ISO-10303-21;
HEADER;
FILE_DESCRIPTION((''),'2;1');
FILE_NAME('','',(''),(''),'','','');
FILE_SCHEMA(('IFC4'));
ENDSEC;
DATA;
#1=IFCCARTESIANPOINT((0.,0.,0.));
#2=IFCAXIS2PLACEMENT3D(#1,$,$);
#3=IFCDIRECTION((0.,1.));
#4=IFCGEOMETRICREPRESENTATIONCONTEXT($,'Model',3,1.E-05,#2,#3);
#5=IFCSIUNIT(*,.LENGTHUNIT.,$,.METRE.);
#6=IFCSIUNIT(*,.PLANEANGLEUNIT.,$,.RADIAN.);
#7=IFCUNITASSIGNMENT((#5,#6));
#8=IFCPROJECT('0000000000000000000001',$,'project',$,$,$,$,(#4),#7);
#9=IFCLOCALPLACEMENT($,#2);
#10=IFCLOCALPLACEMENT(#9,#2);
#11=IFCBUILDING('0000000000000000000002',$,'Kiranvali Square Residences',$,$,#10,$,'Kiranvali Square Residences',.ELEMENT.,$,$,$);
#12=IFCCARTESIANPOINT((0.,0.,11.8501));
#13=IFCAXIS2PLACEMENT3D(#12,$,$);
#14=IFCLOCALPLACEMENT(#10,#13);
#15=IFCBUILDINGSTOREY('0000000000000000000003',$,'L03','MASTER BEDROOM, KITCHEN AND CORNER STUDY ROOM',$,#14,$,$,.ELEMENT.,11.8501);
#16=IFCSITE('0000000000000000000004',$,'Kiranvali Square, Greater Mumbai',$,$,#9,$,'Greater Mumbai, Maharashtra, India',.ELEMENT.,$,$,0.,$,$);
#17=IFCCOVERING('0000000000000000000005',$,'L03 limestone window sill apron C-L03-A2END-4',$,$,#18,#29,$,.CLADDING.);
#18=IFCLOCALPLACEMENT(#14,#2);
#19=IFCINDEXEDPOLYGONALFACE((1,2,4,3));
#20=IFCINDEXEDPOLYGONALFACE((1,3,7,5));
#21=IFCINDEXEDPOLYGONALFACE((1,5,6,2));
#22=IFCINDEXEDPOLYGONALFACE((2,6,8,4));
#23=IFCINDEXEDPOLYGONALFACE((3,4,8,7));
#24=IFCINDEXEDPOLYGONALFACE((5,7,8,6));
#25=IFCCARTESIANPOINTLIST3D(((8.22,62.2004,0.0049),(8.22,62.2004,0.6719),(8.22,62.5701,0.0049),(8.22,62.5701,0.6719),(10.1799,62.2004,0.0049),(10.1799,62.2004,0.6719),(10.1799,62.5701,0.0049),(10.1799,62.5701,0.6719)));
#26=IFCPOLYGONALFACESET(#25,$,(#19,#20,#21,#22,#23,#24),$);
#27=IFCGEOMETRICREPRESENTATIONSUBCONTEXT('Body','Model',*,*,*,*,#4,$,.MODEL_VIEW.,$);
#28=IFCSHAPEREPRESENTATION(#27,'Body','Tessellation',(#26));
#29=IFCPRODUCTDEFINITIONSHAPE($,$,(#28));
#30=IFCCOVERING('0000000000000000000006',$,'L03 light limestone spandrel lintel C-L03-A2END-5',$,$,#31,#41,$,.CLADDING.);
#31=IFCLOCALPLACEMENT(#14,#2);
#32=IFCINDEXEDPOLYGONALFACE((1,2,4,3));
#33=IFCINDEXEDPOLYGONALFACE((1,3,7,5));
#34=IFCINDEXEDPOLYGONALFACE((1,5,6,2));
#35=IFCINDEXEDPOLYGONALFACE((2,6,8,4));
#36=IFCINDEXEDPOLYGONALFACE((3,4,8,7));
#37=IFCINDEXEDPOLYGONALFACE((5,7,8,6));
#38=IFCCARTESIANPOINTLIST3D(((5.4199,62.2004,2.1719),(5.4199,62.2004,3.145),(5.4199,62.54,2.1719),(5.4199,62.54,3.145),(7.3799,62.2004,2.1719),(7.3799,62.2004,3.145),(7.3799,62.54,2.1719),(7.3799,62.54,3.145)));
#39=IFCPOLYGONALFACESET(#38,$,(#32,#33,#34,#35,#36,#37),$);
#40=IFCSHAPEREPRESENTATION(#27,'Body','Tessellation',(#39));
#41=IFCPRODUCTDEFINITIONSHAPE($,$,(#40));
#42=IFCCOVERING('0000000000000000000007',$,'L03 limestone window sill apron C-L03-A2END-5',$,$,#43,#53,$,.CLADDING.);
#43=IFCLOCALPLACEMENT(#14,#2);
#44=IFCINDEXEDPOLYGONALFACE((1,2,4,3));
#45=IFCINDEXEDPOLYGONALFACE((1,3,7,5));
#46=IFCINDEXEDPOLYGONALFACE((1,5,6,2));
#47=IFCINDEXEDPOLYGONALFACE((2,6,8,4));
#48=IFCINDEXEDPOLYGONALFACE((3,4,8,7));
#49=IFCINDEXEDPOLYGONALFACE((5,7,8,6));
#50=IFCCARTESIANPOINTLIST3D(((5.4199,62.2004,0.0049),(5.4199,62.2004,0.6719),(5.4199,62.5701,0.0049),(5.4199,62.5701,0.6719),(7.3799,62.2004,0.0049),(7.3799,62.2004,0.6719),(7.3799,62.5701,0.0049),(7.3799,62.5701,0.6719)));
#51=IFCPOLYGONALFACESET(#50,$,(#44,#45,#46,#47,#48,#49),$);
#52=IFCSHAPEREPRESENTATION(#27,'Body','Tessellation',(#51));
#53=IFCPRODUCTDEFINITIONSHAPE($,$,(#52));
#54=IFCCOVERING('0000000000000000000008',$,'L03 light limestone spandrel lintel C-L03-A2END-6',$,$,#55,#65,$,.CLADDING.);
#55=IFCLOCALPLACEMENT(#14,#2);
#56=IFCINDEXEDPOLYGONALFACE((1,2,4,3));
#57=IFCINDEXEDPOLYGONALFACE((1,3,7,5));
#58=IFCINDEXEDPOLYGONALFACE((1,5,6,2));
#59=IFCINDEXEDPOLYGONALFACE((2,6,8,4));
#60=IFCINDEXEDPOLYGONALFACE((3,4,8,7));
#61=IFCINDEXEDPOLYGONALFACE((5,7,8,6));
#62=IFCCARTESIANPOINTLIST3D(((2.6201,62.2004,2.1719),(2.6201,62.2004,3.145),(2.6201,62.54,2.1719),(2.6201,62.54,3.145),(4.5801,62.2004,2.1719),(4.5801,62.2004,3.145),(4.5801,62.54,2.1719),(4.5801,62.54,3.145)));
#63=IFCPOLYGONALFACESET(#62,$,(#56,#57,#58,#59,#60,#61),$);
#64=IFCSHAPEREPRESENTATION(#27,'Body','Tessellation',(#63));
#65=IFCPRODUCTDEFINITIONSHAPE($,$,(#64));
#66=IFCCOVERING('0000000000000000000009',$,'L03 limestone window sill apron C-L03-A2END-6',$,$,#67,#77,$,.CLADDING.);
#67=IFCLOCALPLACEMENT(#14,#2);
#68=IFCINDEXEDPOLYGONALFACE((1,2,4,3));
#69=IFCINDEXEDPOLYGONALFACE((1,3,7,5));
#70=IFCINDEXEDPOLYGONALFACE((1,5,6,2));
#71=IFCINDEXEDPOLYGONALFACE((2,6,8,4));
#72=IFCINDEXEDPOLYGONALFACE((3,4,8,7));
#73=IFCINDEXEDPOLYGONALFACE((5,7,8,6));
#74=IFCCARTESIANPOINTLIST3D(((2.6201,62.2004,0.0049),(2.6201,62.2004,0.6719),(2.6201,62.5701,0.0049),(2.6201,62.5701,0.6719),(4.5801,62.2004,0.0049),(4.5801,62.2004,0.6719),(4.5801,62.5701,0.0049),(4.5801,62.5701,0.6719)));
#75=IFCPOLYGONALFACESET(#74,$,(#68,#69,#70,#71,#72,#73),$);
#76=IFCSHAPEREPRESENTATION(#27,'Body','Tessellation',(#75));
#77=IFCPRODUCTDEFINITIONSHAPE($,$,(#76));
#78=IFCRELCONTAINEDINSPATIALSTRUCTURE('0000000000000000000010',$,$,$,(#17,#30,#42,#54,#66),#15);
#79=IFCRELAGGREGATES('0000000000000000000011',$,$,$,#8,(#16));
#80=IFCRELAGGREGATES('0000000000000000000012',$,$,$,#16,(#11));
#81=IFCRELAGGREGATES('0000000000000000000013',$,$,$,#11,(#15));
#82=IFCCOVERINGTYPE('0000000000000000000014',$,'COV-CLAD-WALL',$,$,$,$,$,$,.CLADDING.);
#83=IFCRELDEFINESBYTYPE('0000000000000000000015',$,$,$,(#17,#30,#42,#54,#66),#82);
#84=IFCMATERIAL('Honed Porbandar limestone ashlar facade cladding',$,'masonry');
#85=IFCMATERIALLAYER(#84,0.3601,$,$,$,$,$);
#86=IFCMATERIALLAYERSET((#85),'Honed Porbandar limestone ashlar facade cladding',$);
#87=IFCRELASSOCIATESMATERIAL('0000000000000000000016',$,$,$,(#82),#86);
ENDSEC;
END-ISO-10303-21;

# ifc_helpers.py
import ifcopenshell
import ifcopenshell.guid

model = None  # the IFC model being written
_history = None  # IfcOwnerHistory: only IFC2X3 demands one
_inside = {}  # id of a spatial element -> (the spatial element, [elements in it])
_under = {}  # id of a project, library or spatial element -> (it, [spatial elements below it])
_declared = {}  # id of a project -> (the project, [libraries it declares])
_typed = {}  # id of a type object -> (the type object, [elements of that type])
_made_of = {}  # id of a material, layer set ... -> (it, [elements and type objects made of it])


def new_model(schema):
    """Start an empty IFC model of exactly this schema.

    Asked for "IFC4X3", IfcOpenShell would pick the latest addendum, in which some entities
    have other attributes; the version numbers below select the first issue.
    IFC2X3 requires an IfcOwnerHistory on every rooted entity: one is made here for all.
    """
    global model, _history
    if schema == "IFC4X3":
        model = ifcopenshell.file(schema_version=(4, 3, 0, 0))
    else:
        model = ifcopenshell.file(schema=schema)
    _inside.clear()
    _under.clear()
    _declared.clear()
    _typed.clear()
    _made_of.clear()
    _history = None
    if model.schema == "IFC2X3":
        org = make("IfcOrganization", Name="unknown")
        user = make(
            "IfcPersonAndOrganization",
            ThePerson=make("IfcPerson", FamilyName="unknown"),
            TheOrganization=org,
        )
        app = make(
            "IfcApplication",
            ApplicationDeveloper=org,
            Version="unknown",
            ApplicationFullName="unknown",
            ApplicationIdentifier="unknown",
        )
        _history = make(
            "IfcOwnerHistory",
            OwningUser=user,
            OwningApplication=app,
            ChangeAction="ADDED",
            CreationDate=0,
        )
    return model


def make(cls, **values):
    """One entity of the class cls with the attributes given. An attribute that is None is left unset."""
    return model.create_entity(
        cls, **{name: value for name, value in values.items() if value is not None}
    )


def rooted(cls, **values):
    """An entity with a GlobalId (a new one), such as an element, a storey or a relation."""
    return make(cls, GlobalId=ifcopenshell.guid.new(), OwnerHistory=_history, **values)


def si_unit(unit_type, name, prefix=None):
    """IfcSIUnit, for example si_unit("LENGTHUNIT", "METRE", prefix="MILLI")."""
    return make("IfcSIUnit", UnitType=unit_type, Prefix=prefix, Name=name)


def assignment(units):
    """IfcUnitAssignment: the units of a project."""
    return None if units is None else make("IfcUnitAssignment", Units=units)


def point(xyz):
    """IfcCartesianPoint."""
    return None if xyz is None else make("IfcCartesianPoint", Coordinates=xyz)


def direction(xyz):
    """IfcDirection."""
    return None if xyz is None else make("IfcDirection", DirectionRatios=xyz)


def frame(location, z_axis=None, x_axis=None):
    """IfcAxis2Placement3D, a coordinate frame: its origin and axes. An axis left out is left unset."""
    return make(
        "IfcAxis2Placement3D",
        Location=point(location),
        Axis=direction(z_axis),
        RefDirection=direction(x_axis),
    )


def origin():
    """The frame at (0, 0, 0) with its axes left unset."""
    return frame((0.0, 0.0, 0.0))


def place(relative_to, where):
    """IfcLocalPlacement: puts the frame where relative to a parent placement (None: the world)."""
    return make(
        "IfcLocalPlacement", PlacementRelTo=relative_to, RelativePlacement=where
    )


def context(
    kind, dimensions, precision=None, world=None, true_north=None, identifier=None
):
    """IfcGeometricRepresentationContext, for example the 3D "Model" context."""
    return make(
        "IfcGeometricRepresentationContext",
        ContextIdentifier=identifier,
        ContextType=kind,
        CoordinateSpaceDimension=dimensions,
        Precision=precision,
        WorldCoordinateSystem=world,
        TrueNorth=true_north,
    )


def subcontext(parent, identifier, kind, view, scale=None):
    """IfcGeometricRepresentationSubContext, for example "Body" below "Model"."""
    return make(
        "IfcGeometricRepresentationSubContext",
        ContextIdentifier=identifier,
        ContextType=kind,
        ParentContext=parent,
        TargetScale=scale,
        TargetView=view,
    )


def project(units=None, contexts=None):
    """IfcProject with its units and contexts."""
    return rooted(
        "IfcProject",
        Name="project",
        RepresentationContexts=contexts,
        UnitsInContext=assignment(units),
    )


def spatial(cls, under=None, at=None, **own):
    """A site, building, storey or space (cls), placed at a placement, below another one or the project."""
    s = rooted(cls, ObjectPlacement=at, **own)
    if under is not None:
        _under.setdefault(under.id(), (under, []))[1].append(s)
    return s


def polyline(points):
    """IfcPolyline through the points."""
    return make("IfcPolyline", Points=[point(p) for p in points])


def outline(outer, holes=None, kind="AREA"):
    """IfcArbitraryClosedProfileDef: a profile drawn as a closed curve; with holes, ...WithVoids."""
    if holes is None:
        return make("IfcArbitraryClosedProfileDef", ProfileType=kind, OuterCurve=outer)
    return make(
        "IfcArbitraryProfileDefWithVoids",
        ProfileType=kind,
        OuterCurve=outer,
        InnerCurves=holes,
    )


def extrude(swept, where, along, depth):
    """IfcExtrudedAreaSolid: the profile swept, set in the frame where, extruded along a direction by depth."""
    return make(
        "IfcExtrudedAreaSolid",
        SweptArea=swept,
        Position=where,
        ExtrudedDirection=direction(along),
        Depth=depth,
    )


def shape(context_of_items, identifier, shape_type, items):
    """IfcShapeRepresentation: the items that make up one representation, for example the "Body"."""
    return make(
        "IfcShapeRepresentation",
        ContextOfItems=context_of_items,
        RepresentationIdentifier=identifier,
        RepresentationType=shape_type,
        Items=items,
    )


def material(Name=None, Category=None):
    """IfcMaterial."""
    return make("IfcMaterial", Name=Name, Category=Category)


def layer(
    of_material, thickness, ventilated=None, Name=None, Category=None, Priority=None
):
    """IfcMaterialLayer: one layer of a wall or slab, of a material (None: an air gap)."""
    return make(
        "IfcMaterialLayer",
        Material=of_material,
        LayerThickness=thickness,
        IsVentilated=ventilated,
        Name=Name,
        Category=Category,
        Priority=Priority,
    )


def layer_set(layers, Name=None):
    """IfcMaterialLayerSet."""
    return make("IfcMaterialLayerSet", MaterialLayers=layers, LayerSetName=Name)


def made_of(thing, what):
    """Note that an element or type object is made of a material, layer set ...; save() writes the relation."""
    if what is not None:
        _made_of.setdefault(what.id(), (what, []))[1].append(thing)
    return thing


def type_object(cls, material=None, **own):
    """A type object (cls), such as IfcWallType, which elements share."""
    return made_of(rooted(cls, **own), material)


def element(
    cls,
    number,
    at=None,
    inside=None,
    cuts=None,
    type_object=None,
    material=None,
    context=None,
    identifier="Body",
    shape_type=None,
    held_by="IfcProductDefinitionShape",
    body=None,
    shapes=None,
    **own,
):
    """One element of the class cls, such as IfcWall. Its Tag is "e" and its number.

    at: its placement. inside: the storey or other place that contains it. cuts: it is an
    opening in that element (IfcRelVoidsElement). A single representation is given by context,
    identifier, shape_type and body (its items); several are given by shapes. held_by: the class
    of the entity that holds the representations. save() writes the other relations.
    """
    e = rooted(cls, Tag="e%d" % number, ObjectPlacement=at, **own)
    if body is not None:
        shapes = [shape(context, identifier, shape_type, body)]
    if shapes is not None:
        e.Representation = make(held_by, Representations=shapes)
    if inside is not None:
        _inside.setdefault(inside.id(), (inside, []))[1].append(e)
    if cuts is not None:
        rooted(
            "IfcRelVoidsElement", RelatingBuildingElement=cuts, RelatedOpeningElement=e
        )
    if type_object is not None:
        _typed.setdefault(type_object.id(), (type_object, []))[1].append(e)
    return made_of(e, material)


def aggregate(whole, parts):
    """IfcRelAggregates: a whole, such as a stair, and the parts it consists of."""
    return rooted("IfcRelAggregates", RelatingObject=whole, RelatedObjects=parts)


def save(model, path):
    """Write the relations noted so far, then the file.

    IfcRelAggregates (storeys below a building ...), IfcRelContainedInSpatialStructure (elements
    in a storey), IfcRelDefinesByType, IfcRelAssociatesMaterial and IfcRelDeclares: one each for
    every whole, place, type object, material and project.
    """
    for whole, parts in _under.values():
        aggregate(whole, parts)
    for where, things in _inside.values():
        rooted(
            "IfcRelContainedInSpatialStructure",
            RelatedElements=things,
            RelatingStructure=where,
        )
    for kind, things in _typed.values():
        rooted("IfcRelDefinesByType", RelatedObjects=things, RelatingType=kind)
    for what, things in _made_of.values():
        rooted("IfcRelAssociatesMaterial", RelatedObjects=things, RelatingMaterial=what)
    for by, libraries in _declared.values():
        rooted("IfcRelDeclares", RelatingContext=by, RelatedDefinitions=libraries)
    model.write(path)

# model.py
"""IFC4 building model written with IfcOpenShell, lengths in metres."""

from ifc_helpers import new_model, si_unit, direction, frame, origin, place, context, subcontext, project, spatial, polyline, outline, extrude, material, layer, layer_set, type_object, element, save


model = new_model("IFC4")

# Units and contexts
model_context = context("Model", 3, precision=1e-05, world=origin(), true_north=direction((0.0, 1.0)))
body_context = subcontext(model_context, "Body", "Model", "MODEL_VIEW")
ifc_project = project(units=[si_unit("LENGTHUNIT", "METRE"), si_unit("PLANEANGLEUNIT", "RADIAN")], contexts=[model_context])

# Site, building, storey
site_placement = place(None, origin())
site = spatial("IfcSite", under=ifc_project, at=site_placement, Name="Kiranvali Square, Greater Mumbai", LongName="Greater Mumbai, Maharashtra, India", CompositionType="ELEMENT", RefElevation=0.0)
building_placement = place(site_placement, origin())
building = spatial("IfcBuilding", under=site, at=building_placement, Name="Kiranvali Square Residences", LongName="Kiranvali Square Residences", CompositionType="ELEMENT")
storey_placement = place(building_placement, frame((0.0, 0.0, 11.8501)))
storey = spatial("IfcBuildingStorey", under=building, at=storey_placement, Name="L03", Description="MASTER BEDROOM, KITCHEN AND CORNER STUDY ROOM", CompositionType="ELEMENT", Elevation=11.8501)

# Coverings
ifc_material_1 = material(Name="Honed Porbandar limestone ashlar facade cladding", Category="masonry")
ifc_layer_1 = layer(ifc_material_1, 0.3601)
ifc_layer_set_1 = layer_set([ifc_layer_1], Name="Honed Porbandar limestone ashlar facade cladding")
covering_type_1 = type_object("IfcCoveringType", Name="COV-CLAD-WALL", PredefinedType="CLADDING", material=ifc_layer_set_1)
covering_1_placement = place(storey_placement, frame((0.0, 0.0, 0.0049)))
element("IfcCovering", 1, at=covering_1_placement, inside=storey, type_object=covering_type_1, Name="L03 limestone window sill apron C-L03-A2END-4", PredefinedType="CLADDING", context=body_context, shape_type="SweptSolid", body=[
    extrude(outline(polyline([(10.1799, 62.5701), (8.22, 62.5701), (8.22, 62.2004), (10.1799, 62.2004), (10.1799, 62.5701)])), origin(), (0.0, 0.0, 1.0), 0.667),
])
covering_2_placement = place(storey_placement, frame((0.0, 0.0, 2.1719)))
element("IfcCovering", 2, at=covering_2_placement, inside=storey, type_object=covering_type_1, Name="L03 light limestone spandrel lintel C-L03-A2END-5", PredefinedType="CLADDING", context=body_context, shape_type="SweptSolid", body=[
    extrude(outline(polyline([(7.3799, 62.54), (5.4199, 62.54), (5.4199, 62.2004), (7.3799, 62.2004), (7.3799, 62.54)])), origin(), (0.0, 0.0, 1.0), 0.9731),
])
covering_3_placement = place(storey_placement, frame((0.0, 0.0, 0.0049)))
element("IfcCovering", 3, at=covering_3_placement, inside=storey, type_object=covering_type_1, Name="L03 limestone window sill apron C-L03-A2END-5", PredefinedType="CLADDING", context=body_context, shape_type="SweptSolid", body=[
    extrude(outline(polyline([(7.3799, 62.5701), (5.4199, 62.5701), (5.4199, 62.2004), (7.3799, 62.2004), (7.3799, 62.5701)])), origin(), (0.0, 0.0, 1.0), 0.667),
])
covering_4_placement = place(storey_placement, frame((0.0, 0.0, 2.1719)))
element("IfcCovering", 4, at=covering_4_placement, inside=storey, type_object=covering_type_1, Name="L03 light limestone spandrel lintel C-L03-A2END-6", PredefinedType="CLADDING", context=body_context, shape_type="SweptSolid", body=[
    extrude(outline(polyline([(4.5801, 62.54), (2.6201, 62.54), (2.6201, 62.2004), (4.5801, 62.2004), (4.5801, 62.54)])), origin(), (0.0, 0.0, 1.0), 0.9731),
])
covering_5_placement = place(storey_placement, frame((0.0, 0.0, 0.0049)))
element("IfcCovering", 5, at=covering_5_placement, inside=storey, type_object=covering_type_1, Name="L03 limestone window sill apron C-L03-A2END-6", PredefinedType="CLADDING", context=body_context, shape_type="SweptSolid", body=[
    extrude(outline(polyline([(4.5801, 62.5701), (2.6201, 62.5701), (2.6201, 62.2004), (4.5801, 62.2004), (4.5801, 62.5701)])), origin(), (0.0, 0.0, 1.0), 0.667),
])

save(model, "model.ifc")
